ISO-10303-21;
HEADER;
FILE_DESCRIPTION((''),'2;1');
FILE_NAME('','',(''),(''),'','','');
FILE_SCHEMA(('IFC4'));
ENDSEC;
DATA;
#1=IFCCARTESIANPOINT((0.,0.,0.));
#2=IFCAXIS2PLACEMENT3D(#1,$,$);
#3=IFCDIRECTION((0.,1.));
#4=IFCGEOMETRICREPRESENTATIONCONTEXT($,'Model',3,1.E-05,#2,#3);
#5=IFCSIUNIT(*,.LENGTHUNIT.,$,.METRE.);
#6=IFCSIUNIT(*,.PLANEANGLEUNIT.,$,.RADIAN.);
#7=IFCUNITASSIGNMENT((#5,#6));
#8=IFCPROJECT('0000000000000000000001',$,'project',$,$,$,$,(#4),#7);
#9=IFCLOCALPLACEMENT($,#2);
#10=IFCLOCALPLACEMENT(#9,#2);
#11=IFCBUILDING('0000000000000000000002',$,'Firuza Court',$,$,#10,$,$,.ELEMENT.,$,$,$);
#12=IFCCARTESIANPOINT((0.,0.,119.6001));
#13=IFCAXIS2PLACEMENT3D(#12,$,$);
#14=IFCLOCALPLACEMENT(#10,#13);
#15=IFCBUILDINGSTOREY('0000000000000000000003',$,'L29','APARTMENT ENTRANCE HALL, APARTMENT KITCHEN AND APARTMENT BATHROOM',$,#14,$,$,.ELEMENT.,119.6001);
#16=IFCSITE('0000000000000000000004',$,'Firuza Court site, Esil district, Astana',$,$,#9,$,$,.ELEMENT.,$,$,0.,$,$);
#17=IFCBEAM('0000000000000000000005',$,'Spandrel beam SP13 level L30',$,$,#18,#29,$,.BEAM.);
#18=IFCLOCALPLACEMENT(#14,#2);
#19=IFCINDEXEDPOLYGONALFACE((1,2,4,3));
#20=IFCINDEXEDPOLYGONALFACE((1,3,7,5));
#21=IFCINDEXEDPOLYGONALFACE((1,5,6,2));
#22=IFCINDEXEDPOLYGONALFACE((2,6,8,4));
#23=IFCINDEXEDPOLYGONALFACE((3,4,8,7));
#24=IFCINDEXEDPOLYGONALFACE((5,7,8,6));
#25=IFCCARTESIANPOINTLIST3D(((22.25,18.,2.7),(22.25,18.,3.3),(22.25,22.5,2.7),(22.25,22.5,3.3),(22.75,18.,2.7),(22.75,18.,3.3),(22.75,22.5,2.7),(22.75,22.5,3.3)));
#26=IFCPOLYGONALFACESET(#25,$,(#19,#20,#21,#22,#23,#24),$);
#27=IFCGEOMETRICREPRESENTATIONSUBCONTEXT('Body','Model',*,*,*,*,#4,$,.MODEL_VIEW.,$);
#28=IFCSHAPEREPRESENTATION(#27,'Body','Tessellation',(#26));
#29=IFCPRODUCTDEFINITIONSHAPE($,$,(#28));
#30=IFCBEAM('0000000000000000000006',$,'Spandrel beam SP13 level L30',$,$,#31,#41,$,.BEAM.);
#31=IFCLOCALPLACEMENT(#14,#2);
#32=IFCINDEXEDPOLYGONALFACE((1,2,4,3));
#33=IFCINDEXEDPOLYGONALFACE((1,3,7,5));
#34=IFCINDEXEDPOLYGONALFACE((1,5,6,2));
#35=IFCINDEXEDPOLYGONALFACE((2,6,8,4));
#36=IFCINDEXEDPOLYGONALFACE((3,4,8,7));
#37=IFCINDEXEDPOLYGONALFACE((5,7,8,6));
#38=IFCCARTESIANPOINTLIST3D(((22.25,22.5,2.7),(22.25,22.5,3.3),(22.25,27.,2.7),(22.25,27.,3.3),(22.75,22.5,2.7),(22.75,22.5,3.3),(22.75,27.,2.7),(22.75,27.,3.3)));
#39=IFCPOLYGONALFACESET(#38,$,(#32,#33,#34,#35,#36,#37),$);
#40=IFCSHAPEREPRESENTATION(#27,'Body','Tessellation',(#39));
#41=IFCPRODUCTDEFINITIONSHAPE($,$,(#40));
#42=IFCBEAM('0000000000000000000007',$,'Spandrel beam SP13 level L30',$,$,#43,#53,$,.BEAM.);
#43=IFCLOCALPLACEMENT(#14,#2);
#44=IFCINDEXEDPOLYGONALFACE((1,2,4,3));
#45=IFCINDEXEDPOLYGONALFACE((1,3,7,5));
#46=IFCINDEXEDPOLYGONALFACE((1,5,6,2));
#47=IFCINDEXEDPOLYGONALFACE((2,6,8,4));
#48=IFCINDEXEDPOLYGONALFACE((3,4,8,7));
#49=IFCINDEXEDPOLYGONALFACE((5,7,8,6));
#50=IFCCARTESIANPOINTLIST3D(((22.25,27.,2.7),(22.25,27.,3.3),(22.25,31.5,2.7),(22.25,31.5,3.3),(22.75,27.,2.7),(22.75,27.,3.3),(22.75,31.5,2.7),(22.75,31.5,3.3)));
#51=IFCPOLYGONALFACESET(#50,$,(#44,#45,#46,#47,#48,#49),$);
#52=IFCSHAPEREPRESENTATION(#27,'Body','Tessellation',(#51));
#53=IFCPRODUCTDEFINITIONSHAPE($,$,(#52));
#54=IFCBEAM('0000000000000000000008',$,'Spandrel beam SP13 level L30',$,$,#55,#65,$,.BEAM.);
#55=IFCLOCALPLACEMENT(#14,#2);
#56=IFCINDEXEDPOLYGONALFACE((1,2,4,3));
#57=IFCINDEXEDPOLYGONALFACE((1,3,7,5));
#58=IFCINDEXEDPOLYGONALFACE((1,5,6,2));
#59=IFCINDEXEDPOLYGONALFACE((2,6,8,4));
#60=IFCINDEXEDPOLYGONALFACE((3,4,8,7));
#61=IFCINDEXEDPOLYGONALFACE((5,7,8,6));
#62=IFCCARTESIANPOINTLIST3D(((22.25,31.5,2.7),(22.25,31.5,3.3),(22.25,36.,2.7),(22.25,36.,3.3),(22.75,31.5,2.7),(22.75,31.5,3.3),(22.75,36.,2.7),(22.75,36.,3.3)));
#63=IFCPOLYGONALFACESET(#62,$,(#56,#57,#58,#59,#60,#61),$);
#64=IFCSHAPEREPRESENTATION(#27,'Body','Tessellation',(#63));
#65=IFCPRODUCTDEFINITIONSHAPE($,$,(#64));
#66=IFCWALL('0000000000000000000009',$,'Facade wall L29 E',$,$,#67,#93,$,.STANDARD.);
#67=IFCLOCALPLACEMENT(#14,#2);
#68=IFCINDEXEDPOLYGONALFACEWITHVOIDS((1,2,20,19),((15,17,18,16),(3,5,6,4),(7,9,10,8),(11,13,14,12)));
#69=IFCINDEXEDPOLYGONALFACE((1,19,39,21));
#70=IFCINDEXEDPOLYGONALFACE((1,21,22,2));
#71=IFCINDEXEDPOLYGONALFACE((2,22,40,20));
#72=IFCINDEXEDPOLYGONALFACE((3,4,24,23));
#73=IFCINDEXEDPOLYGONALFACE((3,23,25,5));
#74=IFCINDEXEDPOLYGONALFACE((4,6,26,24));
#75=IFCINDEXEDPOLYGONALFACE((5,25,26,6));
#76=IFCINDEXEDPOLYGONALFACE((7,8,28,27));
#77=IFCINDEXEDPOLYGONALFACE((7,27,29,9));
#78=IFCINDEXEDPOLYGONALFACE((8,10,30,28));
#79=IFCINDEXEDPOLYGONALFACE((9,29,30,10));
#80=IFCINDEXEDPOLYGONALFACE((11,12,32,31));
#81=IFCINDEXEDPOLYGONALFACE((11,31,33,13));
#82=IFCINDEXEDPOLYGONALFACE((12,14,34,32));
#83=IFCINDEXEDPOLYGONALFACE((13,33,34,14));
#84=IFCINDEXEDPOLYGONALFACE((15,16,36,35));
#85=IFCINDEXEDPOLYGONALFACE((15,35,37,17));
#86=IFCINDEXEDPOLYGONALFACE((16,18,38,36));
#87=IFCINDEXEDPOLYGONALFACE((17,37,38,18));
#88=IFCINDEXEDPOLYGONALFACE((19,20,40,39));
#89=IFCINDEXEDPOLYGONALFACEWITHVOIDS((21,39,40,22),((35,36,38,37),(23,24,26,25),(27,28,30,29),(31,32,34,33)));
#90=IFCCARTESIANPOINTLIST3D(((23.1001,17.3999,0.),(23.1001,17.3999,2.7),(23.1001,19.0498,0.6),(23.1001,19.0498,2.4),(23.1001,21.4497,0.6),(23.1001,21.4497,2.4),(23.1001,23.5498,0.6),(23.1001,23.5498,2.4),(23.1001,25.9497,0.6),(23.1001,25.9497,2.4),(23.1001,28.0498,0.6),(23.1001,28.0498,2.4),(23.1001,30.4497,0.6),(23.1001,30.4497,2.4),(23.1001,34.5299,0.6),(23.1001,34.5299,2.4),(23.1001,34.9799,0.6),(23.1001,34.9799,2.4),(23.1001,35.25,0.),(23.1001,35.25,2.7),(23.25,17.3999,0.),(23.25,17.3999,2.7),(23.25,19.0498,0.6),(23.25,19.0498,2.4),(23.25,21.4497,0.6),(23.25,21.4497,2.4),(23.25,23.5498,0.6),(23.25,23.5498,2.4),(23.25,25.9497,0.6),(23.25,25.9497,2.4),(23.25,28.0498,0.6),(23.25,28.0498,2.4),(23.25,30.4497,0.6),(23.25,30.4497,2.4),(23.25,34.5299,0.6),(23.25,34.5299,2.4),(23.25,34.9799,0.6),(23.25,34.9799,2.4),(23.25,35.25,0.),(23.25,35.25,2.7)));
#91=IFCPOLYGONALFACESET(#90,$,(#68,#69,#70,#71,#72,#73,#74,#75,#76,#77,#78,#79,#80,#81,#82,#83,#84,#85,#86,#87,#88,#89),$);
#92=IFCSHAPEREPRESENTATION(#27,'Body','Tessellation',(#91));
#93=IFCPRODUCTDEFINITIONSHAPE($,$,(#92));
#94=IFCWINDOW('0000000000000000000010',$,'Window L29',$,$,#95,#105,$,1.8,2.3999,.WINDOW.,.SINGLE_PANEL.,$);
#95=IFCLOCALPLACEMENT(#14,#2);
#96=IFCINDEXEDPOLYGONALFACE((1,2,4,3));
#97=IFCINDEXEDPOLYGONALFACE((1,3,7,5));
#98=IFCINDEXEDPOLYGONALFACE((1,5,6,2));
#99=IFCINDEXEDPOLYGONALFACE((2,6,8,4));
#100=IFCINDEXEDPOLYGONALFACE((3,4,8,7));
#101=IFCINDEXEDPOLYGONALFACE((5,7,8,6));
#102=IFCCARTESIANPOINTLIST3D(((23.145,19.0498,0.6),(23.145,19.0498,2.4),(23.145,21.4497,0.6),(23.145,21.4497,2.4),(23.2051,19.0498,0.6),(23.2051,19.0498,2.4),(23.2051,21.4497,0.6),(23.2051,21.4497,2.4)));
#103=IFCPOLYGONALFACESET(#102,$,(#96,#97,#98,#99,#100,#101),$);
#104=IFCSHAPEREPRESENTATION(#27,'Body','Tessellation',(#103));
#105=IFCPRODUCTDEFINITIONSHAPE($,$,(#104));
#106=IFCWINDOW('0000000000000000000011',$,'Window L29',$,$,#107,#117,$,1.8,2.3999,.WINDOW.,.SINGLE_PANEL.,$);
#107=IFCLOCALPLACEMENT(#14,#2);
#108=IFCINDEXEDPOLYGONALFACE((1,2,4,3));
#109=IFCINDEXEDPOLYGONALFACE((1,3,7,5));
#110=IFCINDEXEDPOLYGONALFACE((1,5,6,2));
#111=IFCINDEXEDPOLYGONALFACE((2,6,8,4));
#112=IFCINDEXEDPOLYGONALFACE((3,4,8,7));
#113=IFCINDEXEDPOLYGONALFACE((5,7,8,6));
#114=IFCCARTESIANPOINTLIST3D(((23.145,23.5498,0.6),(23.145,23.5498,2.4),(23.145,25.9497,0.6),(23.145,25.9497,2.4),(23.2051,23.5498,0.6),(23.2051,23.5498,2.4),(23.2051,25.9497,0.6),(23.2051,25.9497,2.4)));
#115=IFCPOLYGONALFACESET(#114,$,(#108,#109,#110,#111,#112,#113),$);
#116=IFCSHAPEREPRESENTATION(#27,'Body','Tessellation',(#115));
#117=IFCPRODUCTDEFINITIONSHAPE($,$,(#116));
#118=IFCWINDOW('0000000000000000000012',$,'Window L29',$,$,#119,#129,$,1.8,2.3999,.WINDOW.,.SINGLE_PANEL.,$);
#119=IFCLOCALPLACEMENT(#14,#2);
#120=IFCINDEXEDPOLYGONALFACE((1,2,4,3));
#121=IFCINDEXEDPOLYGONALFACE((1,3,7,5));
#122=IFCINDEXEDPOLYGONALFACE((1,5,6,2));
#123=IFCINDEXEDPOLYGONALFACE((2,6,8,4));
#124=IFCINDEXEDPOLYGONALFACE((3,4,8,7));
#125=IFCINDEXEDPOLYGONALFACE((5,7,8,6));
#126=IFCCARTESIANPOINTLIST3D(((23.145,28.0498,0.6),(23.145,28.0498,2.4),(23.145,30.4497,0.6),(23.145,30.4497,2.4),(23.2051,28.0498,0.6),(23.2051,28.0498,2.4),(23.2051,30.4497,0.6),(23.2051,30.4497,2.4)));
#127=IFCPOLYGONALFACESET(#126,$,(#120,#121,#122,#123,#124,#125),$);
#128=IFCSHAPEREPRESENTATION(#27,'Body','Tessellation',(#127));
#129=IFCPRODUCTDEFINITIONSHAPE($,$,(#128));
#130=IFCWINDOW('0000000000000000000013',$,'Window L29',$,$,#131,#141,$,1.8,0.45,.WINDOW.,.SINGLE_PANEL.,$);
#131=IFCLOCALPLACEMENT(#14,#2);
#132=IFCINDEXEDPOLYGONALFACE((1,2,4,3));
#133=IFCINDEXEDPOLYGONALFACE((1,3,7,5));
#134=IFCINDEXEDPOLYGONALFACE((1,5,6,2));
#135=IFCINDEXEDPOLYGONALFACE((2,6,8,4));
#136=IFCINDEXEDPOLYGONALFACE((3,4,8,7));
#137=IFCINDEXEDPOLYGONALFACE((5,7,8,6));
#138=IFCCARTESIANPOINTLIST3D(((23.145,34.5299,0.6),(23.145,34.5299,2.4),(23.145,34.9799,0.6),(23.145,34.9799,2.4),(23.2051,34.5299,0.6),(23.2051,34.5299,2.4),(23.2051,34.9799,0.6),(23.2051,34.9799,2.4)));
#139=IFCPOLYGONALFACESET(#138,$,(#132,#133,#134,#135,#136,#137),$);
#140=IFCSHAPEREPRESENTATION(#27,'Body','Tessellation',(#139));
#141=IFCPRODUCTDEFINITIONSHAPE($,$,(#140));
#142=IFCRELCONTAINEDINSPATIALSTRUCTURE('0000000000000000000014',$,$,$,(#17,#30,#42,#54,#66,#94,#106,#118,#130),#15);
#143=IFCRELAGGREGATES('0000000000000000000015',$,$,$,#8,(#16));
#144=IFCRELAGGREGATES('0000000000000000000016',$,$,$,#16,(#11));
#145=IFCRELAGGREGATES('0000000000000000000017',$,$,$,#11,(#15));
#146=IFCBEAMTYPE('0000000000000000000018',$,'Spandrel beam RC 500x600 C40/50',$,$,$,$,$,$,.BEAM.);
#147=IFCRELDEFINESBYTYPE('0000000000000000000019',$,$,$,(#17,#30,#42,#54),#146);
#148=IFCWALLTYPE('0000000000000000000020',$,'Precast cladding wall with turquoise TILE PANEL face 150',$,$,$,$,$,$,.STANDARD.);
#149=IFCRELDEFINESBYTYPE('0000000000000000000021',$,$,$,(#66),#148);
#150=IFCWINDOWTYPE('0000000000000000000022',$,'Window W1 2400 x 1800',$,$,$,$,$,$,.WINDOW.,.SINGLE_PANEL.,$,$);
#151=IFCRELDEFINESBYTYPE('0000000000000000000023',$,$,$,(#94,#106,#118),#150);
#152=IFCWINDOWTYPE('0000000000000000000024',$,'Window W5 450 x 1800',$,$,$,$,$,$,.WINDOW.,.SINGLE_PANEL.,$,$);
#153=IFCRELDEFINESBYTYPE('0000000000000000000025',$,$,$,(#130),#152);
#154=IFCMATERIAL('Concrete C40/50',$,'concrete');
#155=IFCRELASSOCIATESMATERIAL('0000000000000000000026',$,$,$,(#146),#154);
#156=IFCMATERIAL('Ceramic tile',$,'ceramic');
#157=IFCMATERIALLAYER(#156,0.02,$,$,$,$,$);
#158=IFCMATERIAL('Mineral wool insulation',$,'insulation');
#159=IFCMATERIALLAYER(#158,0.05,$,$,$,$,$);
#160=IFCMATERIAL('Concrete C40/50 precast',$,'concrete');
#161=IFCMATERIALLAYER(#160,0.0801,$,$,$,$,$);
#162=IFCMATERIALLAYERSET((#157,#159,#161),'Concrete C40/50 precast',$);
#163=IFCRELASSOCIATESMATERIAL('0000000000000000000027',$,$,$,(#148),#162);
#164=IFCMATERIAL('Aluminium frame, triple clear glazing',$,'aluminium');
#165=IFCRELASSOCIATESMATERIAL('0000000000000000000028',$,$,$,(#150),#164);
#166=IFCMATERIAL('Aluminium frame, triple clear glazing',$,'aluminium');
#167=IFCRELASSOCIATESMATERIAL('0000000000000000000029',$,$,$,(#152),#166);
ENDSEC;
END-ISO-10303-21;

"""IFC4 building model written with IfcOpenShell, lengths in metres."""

from ifc_helpers import new_model, si_unit, direction, frame, frame_2d, origin, origin_2d, place, context, subcontext, project, spatial, rectangle, extrude, material, layer, layer_set, material_profile, profile_set, type_object, element, fill, save


model = new_model("IFC4")

# Units and contexts
model_context = context("Model", 3, precision=1e-05, world=origin(), true_north=direction((0.0, 1.0)))
body_context = subcontext(model_context, "Body", "Model", "MODEL_VIEW")
ifc_project = project(units=[si_unit("LENGTHUNIT", "METRE"), si_unit("PLANEANGLEUNIT", "RADIAN")], contexts=[model_context])

# Site, building, storey
site_placement = place(None, origin())
site = spatial("IfcSite", under=ifc_project, at=site_placement, Name="Firuza Court site, Esil district, Astana", CompositionType="ELEMENT", RefElevation=0.0)
building_placement = place(site_placement, origin())
building = spatial("IfcBuilding", under=site, at=building_placement, Name="Firuza Court", CompositionType="ELEMENT")
storey_placement = place(building_placement, frame((0.0, 0.0, 119.6001)))
storey = spatial("IfcBuildingStorey", under=building, at=storey_placement, Name="L29", Description="APARTMENT ENTRANCE HALL, APARTMENT KITCHEN AND APARTMENT BATHROOM", CompositionType="ELEMENT", Elevation=119.6001)

# Beams
ifc_material_1 = material(Name="Concrete C40/50", Category="concrete")
ifc_material_profile_1 = material_profile(ifc_material_1, rectangle(XDim=0.5, YDim=0.6001, at=origin_2d()), Name="RC 500x600")
ifc_profile_set_1 = profile_set([ifc_material_profile_1], Name="Concrete C40/50")
beam_type_1 = type_object("IfcBeamType", Name="Spandrel beam RC 500x600 C40/50", PredefinedType="BEAM", material=ifc_profile_set_1)
for number, where, z_axis, x_axis, name in (
    (1, (22.5, 18.0, 3.0), (0.0, 1.0, 0.0), (-1.0, 0.0, 0.0), "Spandrel beam SP13 level L30"),
    (2, (22.5, 22.5, 3.0), (0.0, 1.0, 0.0), (-1.0, 0.0, 0.0), "Spandrel beam SP13 level L30"),
    (3, (22.5, 27.0, 3.0), (0.0, 1.0, 0.0), (-1.0, 0.0, 0.0), "Spandrel beam SP13 level L30"),
    (4, (22.5, 31.5, 3.0), (0.0, 1.0, 0.0), (-1.0, 0.0, 0.0), "Spandrel beam SP13 level L30"),
):
    element("IfcBeam", number, at=place(storey_placement, frame(where, z_axis=z_axis, x_axis=x_axis)), inside=storey, type_object=beam_type_1, Name=name, PredefinedType="BEAM", context=body_context, shape_type="SweptSolid", body=[
        extrude(rectangle(XDim=0.5, YDim=0.6001, at=origin_2d()), origin(), (0.0, 0.0, 1.0), 4.5),
    ])

# Wall, openings, windows
ifc_material_2 = material(Name="Ceramic tile", Category="ceramic")
ifc_layer_1 = layer(ifc_material_2, 0.02)
ifc_material_3 = material(Name="Mineral wool insulation", Category="insulation")
ifc_layer_2 = layer(ifc_material_3, 0.05)
ifc_material_4 = material(Name="Concrete C40/50 precast", Category="concrete")
ifc_layer_3 = layer(ifc_material_4, 0.0801)
ifc_layer_set = layer_set([ifc_layer_1, ifc_layer_2, ifc_layer_3], Name="Concrete C40/50 precast")
wall_type = type_object("IfcWallType", Name="Precast cladding wall with turquoise TILE PANEL face 150", PredefinedType="STANDARD", material=ifc_layer_set)
wall_placement = place(storey_placement, frame((23.175, 17.3999, 0.0), z_axis=(0.0, 0.0, 1.0), x_axis=(0.0, 1.0, 0.0)))
wall = element("IfcWall", 5, at=wall_placement, inside=storey, type_object=wall_type, Name="Facade wall L29 E", PredefinedType="STANDARD", context=body_context, shape_type="SweptSolid", body=[
    extrude(rectangle(XDim=17.8501, YDim=0.1499, at=frame_2d((8.925, 0.0))), origin(), (0.0, 0.0, 1.0), 2.7),
])
opening_1_placement = place(wall_placement, frame((1.6499, 0.0, 0.6001)))
opening_1 = element("IfcOpeningElement", 6, at=opening_1_placement, cuts=wall, PredefinedType="OPENING", context=body_context, shape_type="SweptSolid", body=[
    extrude(rectangle(XDim=2.3999, YDim=1.8, at=frame_2d((1.2, 0.8999))), frame((0.0, 0.0869, 0.0), z_axis=(0.0, -1.0, 0.0), x_axis=(1.0, 0.0, 0.0)), (0.0, 0.0, 1.0), 0.1738),
])
opening_2_placement = place(wall_placement, frame((6.1499, 0.0, 0.6001)))
opening_2 = element("IfcOpeningElement", 7, at=opening_2_placement, cuts=wall, PredefinedType="OPENING", context=body_context, shape_type="SweptSolid", body=[
    extrude(rectangle(XDim=2.3999, YDim=1.8, at=frame_2d((1.2, 0.8999))), frame((0.0, 0.0869, 0.0), z_axis=(0.0, -1.0, 0.0), x_axis=(1.0, 0.0, 0.0)), (0.0, 0.0, 1.0), 0.1738),
])
opening_3_placement = place(wall_placement, frame((10.6499, 0.0, 0.6001)))
opening_3 = element("IfcOpeningElement", 8, at=opening_3_placement, cuts=wall, PredefinedType="OPENING", context=body_context, shape_type="SweptSolid", body=[
    extrude(rectangle(XDim=2.3999, YDim=1.8, at=frame_2d((1.2, 0.8999))), frame((0.0, 0.0869, 0.0), z_axis=(0.0, -1.0, 0.0), x_axis=(1.0, 0.0, 0.0)), (0.0, 0.0, 1.0), 0.1738),
])
opening_4_placement = place(wall_placement, frame((17.1299, 0.0, 0.6001)))
opening_4 = element("IfcOpeningElement", 9, at=opening_4_placement, cuts=wall, PredefinedType="OPENING", context=body_context, shape_type="SweptSolid", body=[
    extrude(rectangle(XDim=0.45, YDim=1.8, at=frame_2d((0.2251, 0.8999))), frame((0.0, 0.0869, 0.0), z_axis=(0.0, -1.0, 0.0), x_axis=(1.0, 0.0, 0.0)), (0.0, 0.0, 1.0), 0.1738),
])
ifc_material_5 = material(Name="Aluminium frame, triple clear glazing", Category="aluminium")
window_type_1 = type_object("IfcWindowType", Name="Window W1 2400 x 1800", PartitioningType="SINGLE_PANEL", PredefinedType="WINDOW", material=ifc_material_5)
window_1_placement = place(opening_1_placement, origin())
window_1 = element("IfcWindow", 10, at=window_1_placement, inside=storey, type_object=window_type_1, Name="Window L29", OverallHeight=1.8, OverallWidth=2.3999, PartitioningType="SINGLE_PANEL", PredefinedType="WINDOW", context=body_context, shape_type="SweptSolid", body=[
    extrude(rectangle(XDim=2.3999, YDim=1.8, at=frame_2d((1.2, 0.8999))), frame((0.0, 0.03, 0.0), z_axis=(0.0, -1.0, 0.0), x_axis=(1.0, 0.0, 0.0)), (0.0, 0.0, 1.0), 0.0601),
])
fill(opening_1, window_1)
window_2_placement = place(opening_2_placement, origin())
window_2 = element("IfcWindow", 11, at=window_2_placement, inside=storey, type_object=window_type_1, Name="Window L29", OverallHeight=1.8, OverallWidth=2.3999, PartitioningType="SINGLE_PANEL", PredefinedType="WINDOW", context=body_context, shape_type="SweptSolid", body=[
    extrude(rectangle(XDim=2.3999, YDim=1.8, at=frame_2d((1.2, 0.8999))), frame((0.0, 0.03, 0.0), z_axis=(0.0, -1.0, 0.0), x_axis=(1.0, 0.0, 0.0)), (0.0, 0.0, 1.0), 0.0601),
])
fill(opening_2, window_2)
window_3_placement = place(opening_3_placement, origin())
window_3 = element("IfcWindow", 12, at=window_3_placement, inside=storey, type_object=window_type_1, Name="Window L29", OverallHeight=1.8, OverallWidth=2.3999, PartitioningType="SINGLE_PANEL", PredefinedType="WINDOW", context=body_context, shape_type="SweptSolid", body=[
    extrude(rectangle(XDim=2.3999, YDim=1.8, at=frame_2d((1.2, 0.8999))), frame((0.0, 0.03, 0.0), z_axis=(0.0, -1.0, 0.0), x_axis=(1.0, 0.0, 0.0)), (0.0, 0.0, 1.0), 0.0601),
])
fill(opening_3, window_3)
ifc_material_6 = material(Name="Aluminium frame, triple clear glazing", Category="aluminium")
window_type_2 = type_object("IfcWindowType", Name="Window W5 450 x 1800", PartitioningType="SINGLE_PANEL", PredefinedType="WINDOW", material=ifc_material_6)
window_4_placement = place(opening_4_placement, origin())
window_4 = element("IfcWindow", 13, at=window_4_placement, inside=storey, type_object=window_type_2, Name="Window L29", OverallHeight=1.8, OverallWidth=0.45, PartitioningType="SINGLE_PANEL", PredefinedType="WINDOW", context=body_context, shape_type="SweptSolid", body=[
    extrude(rectangle(XDim=0.45, YDim=1.8, at=frame_2d((0.2251, 0.8999))), frame((0.0, 0.03, 0.0), z_axis=(0.0, -1.0, 0.0), x_axis=(1.0, 0.0, 0.0)), (0.0, 0.0, 1.0), 0.0601),
])
fill(opening_4, window_4)

save(model, "model.ifc")
